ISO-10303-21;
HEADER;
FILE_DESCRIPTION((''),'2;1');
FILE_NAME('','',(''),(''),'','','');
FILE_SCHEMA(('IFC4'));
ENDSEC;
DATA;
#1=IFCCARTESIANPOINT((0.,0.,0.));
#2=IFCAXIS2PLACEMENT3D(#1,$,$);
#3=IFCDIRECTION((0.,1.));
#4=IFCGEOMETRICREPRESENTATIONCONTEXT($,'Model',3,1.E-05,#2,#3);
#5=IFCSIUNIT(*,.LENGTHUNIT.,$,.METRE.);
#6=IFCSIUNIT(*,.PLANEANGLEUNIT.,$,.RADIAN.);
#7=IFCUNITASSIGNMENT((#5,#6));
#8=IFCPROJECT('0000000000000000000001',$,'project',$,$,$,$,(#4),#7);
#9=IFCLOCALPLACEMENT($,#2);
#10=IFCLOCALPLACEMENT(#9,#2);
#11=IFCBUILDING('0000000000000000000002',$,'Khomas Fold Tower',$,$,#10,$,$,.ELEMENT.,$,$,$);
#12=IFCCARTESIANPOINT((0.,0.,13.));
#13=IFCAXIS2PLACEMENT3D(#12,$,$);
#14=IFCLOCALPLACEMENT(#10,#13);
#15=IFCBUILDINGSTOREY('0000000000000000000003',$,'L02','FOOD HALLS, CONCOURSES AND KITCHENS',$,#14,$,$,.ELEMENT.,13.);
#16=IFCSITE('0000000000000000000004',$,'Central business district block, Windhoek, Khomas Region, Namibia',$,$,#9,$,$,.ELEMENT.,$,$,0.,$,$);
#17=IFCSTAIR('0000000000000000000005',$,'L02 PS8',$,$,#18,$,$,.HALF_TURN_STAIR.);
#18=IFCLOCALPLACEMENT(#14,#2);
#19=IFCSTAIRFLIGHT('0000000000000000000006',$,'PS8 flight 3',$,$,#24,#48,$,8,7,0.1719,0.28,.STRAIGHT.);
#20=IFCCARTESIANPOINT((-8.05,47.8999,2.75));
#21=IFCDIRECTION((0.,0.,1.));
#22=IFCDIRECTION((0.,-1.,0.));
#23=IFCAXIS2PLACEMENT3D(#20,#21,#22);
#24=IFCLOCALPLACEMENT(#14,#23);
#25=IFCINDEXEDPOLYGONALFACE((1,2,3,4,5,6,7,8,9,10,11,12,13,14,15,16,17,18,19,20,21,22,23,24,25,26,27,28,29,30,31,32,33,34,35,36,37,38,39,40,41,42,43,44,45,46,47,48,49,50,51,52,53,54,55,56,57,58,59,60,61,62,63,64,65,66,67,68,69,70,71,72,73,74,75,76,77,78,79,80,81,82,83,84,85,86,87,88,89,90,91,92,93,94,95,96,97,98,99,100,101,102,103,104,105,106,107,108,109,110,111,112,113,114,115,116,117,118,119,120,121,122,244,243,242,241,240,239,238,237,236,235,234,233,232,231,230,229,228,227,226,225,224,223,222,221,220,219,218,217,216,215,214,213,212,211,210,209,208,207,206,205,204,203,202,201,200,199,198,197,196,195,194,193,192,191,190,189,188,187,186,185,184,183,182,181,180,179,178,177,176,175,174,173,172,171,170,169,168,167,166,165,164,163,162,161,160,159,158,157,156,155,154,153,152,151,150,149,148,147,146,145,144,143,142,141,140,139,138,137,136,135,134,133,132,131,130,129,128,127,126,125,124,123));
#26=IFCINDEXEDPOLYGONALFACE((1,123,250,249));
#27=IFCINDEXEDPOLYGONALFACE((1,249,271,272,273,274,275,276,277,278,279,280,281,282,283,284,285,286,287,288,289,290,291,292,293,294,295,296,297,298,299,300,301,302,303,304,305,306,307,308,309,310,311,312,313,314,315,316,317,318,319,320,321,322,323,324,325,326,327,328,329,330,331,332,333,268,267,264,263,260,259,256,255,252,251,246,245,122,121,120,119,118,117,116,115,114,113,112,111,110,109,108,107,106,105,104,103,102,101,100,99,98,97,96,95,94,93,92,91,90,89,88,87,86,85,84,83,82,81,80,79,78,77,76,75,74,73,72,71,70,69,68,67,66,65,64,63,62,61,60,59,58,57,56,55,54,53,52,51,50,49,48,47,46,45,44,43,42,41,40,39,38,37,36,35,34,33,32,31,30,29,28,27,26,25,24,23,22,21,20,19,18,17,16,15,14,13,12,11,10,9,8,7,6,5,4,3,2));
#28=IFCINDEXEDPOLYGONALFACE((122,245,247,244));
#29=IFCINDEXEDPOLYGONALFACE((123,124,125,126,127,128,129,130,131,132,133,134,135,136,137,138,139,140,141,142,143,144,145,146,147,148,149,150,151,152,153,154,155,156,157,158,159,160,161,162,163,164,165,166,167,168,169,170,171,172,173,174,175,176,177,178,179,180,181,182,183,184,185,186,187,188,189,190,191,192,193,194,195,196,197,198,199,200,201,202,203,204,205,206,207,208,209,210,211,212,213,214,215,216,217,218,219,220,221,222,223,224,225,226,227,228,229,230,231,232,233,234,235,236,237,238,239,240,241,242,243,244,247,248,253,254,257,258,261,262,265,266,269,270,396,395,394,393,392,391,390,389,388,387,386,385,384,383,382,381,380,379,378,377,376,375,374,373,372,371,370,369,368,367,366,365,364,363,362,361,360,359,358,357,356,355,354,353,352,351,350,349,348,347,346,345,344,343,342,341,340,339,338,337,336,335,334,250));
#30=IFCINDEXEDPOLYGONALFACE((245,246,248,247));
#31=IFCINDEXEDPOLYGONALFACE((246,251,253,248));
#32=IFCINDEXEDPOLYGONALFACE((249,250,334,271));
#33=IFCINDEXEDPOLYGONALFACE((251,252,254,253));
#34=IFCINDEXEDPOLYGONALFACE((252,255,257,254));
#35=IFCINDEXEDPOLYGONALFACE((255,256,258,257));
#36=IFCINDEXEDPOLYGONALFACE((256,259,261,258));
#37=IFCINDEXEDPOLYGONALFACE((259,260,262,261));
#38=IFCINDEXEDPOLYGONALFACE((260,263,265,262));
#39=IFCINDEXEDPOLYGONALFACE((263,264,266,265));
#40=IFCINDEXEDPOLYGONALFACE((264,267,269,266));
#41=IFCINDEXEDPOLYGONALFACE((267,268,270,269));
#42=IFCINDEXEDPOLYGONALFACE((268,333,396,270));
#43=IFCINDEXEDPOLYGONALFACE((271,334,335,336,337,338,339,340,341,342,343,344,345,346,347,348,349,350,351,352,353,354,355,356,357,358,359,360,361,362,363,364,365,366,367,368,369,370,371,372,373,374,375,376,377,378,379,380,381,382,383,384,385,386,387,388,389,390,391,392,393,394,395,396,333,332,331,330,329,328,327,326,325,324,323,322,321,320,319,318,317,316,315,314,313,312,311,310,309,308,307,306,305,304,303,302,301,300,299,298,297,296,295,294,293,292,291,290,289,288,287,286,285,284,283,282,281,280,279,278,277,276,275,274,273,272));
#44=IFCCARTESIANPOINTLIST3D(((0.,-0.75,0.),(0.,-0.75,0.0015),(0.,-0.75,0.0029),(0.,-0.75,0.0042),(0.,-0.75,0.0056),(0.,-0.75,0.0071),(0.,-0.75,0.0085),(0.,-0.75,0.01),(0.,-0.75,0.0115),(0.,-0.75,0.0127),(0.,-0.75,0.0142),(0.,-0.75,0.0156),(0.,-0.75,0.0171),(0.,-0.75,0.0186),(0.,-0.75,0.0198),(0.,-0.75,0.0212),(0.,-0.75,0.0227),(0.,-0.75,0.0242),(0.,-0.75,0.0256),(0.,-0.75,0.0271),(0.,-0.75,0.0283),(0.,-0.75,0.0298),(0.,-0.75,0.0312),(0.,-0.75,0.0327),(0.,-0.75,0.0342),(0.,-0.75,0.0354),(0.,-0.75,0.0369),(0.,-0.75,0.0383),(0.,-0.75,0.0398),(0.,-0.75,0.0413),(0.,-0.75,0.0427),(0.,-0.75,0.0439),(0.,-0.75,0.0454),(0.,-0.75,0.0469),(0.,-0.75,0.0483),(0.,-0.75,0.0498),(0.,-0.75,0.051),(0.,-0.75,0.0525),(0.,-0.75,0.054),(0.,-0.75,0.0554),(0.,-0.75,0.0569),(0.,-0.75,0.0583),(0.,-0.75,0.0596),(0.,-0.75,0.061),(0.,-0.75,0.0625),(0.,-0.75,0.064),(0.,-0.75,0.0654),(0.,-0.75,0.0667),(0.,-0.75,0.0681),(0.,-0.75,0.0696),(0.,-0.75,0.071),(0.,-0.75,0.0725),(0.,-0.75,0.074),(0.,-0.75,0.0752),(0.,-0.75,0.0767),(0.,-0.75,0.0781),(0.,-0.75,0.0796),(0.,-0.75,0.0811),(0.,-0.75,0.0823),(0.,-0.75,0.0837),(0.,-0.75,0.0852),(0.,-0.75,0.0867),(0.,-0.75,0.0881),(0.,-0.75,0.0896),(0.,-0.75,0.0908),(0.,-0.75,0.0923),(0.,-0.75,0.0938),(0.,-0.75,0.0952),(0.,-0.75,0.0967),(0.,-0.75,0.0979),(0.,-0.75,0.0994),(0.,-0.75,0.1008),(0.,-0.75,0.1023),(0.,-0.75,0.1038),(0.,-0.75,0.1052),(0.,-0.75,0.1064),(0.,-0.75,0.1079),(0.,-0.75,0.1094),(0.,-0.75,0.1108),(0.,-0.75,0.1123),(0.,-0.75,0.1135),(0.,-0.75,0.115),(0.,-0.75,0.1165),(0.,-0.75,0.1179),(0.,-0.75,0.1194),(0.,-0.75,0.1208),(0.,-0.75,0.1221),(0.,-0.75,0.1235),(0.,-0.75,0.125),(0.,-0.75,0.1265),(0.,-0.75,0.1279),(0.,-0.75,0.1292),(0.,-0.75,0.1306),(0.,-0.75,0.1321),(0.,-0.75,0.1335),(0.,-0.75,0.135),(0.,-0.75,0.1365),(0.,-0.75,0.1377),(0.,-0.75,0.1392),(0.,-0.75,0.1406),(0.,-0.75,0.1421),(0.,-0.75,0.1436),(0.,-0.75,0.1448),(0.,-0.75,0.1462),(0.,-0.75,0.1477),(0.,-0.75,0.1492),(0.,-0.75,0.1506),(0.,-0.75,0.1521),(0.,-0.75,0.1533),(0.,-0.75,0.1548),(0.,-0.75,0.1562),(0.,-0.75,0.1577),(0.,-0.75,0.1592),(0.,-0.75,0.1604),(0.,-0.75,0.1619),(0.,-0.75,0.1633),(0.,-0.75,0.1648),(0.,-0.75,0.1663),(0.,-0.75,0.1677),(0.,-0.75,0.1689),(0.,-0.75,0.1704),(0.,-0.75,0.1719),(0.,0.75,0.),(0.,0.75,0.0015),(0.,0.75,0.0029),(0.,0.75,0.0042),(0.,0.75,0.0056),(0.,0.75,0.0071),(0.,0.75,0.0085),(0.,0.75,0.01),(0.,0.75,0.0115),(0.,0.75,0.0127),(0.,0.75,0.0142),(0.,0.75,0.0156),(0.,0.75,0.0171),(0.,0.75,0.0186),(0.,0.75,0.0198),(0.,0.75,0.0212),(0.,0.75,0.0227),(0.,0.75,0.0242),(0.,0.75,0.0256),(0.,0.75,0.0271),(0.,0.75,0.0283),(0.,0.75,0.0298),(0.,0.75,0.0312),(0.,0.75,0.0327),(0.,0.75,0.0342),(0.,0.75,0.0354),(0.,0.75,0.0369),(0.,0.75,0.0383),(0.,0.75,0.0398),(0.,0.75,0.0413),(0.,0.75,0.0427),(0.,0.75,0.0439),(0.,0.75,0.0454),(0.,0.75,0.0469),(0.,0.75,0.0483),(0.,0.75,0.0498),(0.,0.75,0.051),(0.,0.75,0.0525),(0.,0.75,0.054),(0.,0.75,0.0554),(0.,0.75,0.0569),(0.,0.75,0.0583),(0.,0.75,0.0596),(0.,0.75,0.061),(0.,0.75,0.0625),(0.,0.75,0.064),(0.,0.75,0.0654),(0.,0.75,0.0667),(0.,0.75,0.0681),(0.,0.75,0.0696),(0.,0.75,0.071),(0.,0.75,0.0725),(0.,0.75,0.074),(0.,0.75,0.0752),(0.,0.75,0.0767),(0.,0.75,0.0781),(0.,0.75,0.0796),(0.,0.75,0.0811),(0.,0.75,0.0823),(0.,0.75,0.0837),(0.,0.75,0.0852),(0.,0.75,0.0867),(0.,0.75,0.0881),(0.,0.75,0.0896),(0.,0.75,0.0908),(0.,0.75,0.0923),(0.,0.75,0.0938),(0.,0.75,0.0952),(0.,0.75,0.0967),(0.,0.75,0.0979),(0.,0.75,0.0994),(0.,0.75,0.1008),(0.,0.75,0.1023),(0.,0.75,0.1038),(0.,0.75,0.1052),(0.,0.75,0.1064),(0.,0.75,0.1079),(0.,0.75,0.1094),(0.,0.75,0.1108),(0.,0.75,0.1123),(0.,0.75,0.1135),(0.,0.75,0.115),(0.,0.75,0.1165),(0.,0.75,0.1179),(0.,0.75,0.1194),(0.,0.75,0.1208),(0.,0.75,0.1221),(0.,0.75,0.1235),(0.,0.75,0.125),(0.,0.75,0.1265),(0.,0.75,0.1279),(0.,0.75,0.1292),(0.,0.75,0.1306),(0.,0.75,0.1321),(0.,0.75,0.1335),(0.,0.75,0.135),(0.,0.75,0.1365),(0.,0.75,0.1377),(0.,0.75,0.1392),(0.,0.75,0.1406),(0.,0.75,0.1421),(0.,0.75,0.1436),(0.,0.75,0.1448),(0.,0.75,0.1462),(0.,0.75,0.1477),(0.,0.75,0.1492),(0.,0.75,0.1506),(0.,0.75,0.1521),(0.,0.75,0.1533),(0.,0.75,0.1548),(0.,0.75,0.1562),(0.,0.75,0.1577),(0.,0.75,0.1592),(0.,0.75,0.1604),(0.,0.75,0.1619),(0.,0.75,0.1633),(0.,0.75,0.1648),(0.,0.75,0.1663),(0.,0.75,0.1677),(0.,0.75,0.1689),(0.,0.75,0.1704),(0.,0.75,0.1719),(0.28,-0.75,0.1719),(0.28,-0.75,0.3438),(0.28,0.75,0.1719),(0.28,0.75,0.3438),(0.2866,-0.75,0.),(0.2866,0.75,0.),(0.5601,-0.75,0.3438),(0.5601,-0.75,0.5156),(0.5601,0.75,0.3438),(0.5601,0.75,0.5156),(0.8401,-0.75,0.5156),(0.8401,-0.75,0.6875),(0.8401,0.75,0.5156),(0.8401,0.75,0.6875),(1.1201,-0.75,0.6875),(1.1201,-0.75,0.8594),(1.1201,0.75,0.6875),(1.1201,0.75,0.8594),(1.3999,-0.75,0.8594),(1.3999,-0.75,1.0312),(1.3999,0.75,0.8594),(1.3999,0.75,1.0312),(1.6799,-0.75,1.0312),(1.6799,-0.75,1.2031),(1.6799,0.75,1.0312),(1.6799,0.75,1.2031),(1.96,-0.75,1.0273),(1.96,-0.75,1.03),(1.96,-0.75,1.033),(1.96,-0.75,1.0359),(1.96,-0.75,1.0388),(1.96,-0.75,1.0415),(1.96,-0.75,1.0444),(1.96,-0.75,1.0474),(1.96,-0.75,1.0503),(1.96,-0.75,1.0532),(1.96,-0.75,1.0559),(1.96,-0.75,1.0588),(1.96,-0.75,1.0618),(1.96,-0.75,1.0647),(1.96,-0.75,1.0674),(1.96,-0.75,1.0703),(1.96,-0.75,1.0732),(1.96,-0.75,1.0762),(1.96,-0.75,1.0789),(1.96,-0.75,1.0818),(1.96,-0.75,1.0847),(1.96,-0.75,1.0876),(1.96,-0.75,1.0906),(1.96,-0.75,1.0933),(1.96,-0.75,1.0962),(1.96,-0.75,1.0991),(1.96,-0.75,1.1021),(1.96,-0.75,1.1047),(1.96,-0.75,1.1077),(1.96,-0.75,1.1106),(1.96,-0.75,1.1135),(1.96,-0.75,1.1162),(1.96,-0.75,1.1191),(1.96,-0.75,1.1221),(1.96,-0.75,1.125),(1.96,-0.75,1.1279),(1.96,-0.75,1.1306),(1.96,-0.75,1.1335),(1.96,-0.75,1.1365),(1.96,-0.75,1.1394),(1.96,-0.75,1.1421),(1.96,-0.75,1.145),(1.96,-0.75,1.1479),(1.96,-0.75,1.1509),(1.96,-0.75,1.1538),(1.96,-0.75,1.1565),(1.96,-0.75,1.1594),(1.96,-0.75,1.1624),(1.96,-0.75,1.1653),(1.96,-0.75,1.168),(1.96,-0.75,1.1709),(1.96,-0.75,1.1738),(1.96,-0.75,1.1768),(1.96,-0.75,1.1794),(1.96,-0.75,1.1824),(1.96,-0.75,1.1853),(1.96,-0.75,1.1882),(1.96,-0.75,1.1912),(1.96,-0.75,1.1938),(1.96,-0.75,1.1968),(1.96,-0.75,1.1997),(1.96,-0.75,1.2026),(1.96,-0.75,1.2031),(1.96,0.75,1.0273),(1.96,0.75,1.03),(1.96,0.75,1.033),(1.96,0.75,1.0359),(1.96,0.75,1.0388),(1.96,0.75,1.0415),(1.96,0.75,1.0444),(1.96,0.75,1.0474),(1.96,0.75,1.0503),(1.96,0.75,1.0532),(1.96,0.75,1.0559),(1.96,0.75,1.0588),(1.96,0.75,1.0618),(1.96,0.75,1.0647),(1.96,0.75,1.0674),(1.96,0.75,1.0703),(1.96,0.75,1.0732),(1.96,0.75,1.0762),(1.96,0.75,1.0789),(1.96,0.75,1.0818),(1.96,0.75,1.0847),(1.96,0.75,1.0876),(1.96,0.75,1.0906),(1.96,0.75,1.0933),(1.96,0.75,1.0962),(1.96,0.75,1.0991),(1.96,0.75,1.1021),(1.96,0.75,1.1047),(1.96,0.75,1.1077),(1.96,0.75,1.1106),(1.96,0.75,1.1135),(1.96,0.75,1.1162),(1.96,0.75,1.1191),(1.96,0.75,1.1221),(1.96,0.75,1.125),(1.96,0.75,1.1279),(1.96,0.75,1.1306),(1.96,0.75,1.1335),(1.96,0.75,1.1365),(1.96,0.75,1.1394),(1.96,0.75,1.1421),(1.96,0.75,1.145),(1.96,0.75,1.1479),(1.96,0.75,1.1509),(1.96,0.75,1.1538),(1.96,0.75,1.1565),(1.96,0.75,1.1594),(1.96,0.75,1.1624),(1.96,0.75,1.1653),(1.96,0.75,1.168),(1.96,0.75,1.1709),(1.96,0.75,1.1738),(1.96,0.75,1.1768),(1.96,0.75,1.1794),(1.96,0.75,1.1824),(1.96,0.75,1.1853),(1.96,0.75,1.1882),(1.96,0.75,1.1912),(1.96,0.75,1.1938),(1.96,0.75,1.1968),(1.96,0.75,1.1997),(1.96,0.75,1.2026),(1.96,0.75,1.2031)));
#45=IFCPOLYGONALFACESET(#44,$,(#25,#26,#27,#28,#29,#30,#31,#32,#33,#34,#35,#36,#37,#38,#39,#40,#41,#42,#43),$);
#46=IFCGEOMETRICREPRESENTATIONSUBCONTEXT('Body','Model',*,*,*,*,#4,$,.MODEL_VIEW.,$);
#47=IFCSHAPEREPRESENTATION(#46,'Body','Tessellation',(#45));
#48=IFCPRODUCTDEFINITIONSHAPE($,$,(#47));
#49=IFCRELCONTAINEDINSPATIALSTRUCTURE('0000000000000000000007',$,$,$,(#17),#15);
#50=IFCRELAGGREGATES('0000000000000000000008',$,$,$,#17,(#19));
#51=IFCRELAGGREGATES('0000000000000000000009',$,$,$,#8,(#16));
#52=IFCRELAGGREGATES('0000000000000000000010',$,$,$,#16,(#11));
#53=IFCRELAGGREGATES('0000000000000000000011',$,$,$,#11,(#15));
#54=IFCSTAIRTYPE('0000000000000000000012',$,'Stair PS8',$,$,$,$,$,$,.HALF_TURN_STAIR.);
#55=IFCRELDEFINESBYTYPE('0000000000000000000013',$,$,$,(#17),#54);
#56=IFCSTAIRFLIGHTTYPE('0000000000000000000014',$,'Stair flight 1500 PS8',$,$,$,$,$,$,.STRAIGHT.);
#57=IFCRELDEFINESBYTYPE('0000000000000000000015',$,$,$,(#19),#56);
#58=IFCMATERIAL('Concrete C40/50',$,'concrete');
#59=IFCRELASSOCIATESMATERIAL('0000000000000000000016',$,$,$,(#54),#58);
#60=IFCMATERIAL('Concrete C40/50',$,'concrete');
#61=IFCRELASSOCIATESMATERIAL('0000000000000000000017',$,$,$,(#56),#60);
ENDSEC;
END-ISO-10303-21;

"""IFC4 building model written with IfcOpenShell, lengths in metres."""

from ifc_helpers import new_model, si_unit, direction, frame, origin, place, context, subcontext, project, spatial, polyline, outline, extrude, source, transform, mapped, material, type_object, element, aggregate, save


model = new_model("IFC4")

# Units and contexts
model_context = context("Model", 3, precision=1e-05, world=origin(), true_north=direction((0.0, 1.0)))
body_context = subcontext(model_context, "Body", "Model", "MODEL_VIEW")
ifc_project = project(units=[si_unit("LENGTHUNIT", "METRE"), si_unit("PLANEANGLEUNIT", "RADIAN")], contexts=[model_context])

# Site, building, storey
site_placement = place(None, origin())
site = spatial("IfcSite", under=ifc_project, at=site_placement, Name="Central business district block, Windhoek, Khomas Region, Namibia", CompositionType="ELEMENT", RefElevation=0.0)
building_placement = place(site_placement, origin())
building = spatial("IfcBuilding", under=site, at=building_placement, Name="Khomas Fold Tower", CompositionType="ELEMENT")
storey_placement = place(building_placement, frame((0.0, 0.0, 13.0)))
storey = spatial("IfcBuildingStorey", under=building, at=storey_placement, Name="L02", Description="FOOD HALLS, CONCOURSES AND KITCHENS", CompositionType="ELEMENT", Elevation=13.0)

# Stair, stair flight
ifc_material_1 = material(Name="Concrete C40/50", Category="concrete")
stair_type = type_object("IfcStairType", Name="Stair PS8", PredefinedType="HALF_TURN_STAIR", material=ifc_material_1)
stair_placement = place(storey_placement, origin())
stair = element("IfcStair", 1, at=stair_placement, inside=storey, type_object=stair_type, Name="L02 PS8", PredefinedType="HALF_TURN_STAIR")
ifc_material_2 = material(Name="Concrete C40/50", Category="concrete")
stair_flight_type = type_object("IfcStairFlightType", Name="Stair flight 1500 PS8", PredefinedType="STRAIGHT", material=ifc_material_2)
shared_shape_1 = source(origin(), body_context, "Body", "SweptSolid", [
    extrude(outline(polyline([(0.0, 0.0), (0.0, 0.0015), (0.0, 0.0029), (0.0, 0.0042), (0.0, 0.0056), (0.0, 0.0071), (0.0, 0.0085), (0.0, 0.01), (0.0, 0.0115), (0.0, 0.0127), (0.0, 0.0142), (0.0, 0.0156), (0.0, 0.0171), (0.0, 0.0186), (0.0, 0.0198), (0.0, 0.0212), (0.0, 0.0227), (0.0, 0.0242), (0.0, 0.0256), (0.0, 0.0271), (0.0, 0.0283), (0.0, 0.0298), (0.0, 0.0312), (0.0, 0.0327), (0.0, 0.0342), (0.0, 0.0354), (0.0, 0.0369), (0.0, 0.0383), (0.0, 0.0398), (0.0, 0.0413), (0.0, 0.0427), (0.0, 0.0439), (0.0, 0.0454), (0.0, 0.0469), (0.0, 0.0483), (0.0, 0.0498), (0.0, 0.051), (0.0, 0.0525), (0.0, 0.054), (0.0, 0.0554), (0.0, 0.0569), (0.0, 0.0583), (0.0, 0.0596), (0.0, 0.061), (0.0, 0.0625), (0.0, 0.064), (0.0, 0.0654), (0.0, 0.0667), (0.0, 0.0681), (0.0, 0.0696), (0.0, 0.071), (0.0, 0.0725), (0.0, 0.074), (0.0, 0.0752), (0.0, 0.0767), (0.0, 0.0781), (0.0, 0.0796), (0.0, 0.0811), (0.0, 0.0823), (0.0, 0.0837), (0.0, 0.0852), (0.0, 0.0867), (0.0, 0.0881), (0.0, 0.0896), (0.0, 0.0908), (0.0, 0.0923), (0.0, 0.0938), (0.0, 0.0952), (0.0, 0.0967), (0.0, 0.0979), (0.0, 0.0994), (0.0, 0.1008), (0.0, 0.1023), (0.0, 0.1038), (0.0, 0.1052), (0.0, 0.1064), (0.0, 0.1079), (0.0, 0.1094), (0.0, 0.1108), (0.0, 0.1123), (0.0, 0.1135), (0.0, 0.115), (0.0, 0.1165), (0.0, 0.1179), (0.0, 0.1194), (0.0, 0.1208), (0.0, 0.1221), (0.0, 0.1235), (0.0, 0.125), (0.0, 0.1265), (0.0, 0.1279), (0.0, 0.1292), (0.0, 0.1306), (0.0, 0.1321), (0.0, 0.1335), (0.0, 0.135), (0.0, 0.1365), (0.0, 0.1377), (0.0, 0.1392), (0.0, 0.1406), (0.0, 0.1421), (0.0, 0.1436), (0.0, 0.1448), (0.0, 0.1462), (0.0, 0.1477), (0.0, 0.1492), (0.0, 0.1506), (0.0, 0.1521), (0.0, 0.1533), (0.0, 0.1548), (0.0, 0.1562), (0.0, 0.1577), (0.0, 0.1592), (0.0, 0.1604), (0.0, 0.1619), (0.0, 0.1633), (0.0, 0.1648), (0.0, 0.1663), (0.0, 0.1677), (0.0, 0.1689), (0.0, 0.1704), (0.0, 0.1719), (0.28, 0.1719), (0.28, 0.3438), (0.5601, 0.3438), (0.5601, 0.5156), (0.8401, 0.5156), (0.8401, 0.6875), (1.1201, 0.6875), (1.1201, 0.8594), (1.3999, 0.8594), (1.3999, 1.0312), (1.6799, 1.0312), (1.6799, 1.2031), (1.96, 1.2031), (1.96, 1.375), (1.96, 1.3721), (1.96, 1.3691), (1.96, 1.3665), (1.96, 1.3635), (1.96, 1.3606), (1.96, 1.3577), (1.96, 1.355), (1.96, 1.3521), (1.96, 1.3491), (1.96, 1.3462), (1.96, 1.3435), (1.96, 1.3406), (1.96, 1.3376), (1.96, 1.3347), (1.96, 1.3318), (1.96, 1.3291), (1.96, 1.3262), (1.96, 1.3232), (1.96, 1.3203), (1.96, 1.3176), (1.96, 1.3147), (1.96, 1.3118), (1.96, 1.3088), (1.96, 1.3059), (1.96, 1.3032), (1.96, 1.3003), (1.96, 1.2974), (1.96, 1.2944), (1.96, 1.2917), (1.96, 1.2888), (1.96, 1.2859), (1.96, 1.283), (1.96, 1.2803), (1.96, 1.2773), (1.96, 1.2744), (1.96, 1.2715), (1.96, 1.2686), (1.96, 1.2659), (1.96, 1.2629), (1.96, 1.26), (1.96, 1.2571), (1.96, 1.2544), (1.96, 1.2515), (1.96, 1.2485), (1.96, 1.2456), (1.96, 1.2427), (1.96, 1.24), (1.96, 1.2371), (1.96, 1.2341), (1.96, 1.2312), (1.96, 1.2285), (1.96, 1.2256), (1.96, 1.2227), (1.96, 1.2197), (1.96, 1.217), (1.96, 1.2141), (1.96, 1.2112), (1.96, 1.2083), (1.96, 1.2053), (1.96, 1.2026), (1.96, 1.1997), (1.96, 1.1968), (1.96, 1.1938), (1.96, 1.1912), (1.96, 1.1882), (1.96, 1.1853), (1.96, 1.1824), (1.96, 1.1794), (1.96, 1.1768), (1.96, 1.1738), (1.96, 1.1709), (1.96, 1.168), (1.96, 1.1653), (1.96, 1.1624), (1.96, 1.1594), (1.96, 1.1565), (1.96, 1.1538), (1.96, 1.1509), (1.96, 1.1479), (1.96, 1.145), (1.96, 1.1421), (1.96, 1.1394), (1.96, 1.1365), (1.96, 1.1335), (1.96, 1.1306), (1.96, 1.1279), (1.96, 1.125), (1.96, 1.1221), (1.96, 1.1191), (1.96, 1.1162), (1.96, 1.1135), (1.96, 1.1106), (1.96, 1.1077), (1.96, 1.1047), (1.96, 1.1021), (1.96, 1.0991), (1.96, 1.0962), (1.96, 1.0933), (1.96, 1.0906), (1.96, 1.0876), (1.96, 1.0847), (1.96, 1.0818), (1.96, 1.0789), (1.96, 1.0762), (1.96, 1.0732), (1.96, 1.0703), (1.96, 1.0674), (1.96, 1.0647), (1.96, 1.0618), (1.96, 1.0588), (1.96, 1.0559), (1.96, 1.0532), (1.96, 1.0503), (1.96, 1.0474), (1.96, 1.0444), (1.96, 1.0415), (1.96, 1.0388), (1.96, 1.0359), (1.96, 1.033), (1.96, 1.03), (1.96, 1.0273), (0.2866, 0.0), (0.0, 0.0)])), frame((0.0, 0.75, 0.0), z_axis=(0.0, -1.0, 0.0), x_axis=(1.0, 0.0, 0.0)), (0.0, 0.0, 1.0), 1.5),
])
stair_flight_1_placement = place(storey_placement, frame((-8.05, 47.8999, 2.75), z_axis=(0.0, 0.0, 1.0), x_axis=(0.0, -1.0, 0.0)))
stair_flight_1 = element("IfcStairFlight", 2, at=stair_flight_1_placement, type_object=stair_flight_type, Name="PS8 flight 3", NumberOfRisers=8, NumberOfTreads=7, PredefinedType="STRAIGHT", RiserHeight=0.1719, TreadLength=0.28, context=body_context, shape_type="MappedRepresentation", body=[
    mapped(shared_shape_1, transform((0.0, 0.0, 0.0))),
])
aggregate(stair, [stair_flight_1])

save(model, "model.ifc")
